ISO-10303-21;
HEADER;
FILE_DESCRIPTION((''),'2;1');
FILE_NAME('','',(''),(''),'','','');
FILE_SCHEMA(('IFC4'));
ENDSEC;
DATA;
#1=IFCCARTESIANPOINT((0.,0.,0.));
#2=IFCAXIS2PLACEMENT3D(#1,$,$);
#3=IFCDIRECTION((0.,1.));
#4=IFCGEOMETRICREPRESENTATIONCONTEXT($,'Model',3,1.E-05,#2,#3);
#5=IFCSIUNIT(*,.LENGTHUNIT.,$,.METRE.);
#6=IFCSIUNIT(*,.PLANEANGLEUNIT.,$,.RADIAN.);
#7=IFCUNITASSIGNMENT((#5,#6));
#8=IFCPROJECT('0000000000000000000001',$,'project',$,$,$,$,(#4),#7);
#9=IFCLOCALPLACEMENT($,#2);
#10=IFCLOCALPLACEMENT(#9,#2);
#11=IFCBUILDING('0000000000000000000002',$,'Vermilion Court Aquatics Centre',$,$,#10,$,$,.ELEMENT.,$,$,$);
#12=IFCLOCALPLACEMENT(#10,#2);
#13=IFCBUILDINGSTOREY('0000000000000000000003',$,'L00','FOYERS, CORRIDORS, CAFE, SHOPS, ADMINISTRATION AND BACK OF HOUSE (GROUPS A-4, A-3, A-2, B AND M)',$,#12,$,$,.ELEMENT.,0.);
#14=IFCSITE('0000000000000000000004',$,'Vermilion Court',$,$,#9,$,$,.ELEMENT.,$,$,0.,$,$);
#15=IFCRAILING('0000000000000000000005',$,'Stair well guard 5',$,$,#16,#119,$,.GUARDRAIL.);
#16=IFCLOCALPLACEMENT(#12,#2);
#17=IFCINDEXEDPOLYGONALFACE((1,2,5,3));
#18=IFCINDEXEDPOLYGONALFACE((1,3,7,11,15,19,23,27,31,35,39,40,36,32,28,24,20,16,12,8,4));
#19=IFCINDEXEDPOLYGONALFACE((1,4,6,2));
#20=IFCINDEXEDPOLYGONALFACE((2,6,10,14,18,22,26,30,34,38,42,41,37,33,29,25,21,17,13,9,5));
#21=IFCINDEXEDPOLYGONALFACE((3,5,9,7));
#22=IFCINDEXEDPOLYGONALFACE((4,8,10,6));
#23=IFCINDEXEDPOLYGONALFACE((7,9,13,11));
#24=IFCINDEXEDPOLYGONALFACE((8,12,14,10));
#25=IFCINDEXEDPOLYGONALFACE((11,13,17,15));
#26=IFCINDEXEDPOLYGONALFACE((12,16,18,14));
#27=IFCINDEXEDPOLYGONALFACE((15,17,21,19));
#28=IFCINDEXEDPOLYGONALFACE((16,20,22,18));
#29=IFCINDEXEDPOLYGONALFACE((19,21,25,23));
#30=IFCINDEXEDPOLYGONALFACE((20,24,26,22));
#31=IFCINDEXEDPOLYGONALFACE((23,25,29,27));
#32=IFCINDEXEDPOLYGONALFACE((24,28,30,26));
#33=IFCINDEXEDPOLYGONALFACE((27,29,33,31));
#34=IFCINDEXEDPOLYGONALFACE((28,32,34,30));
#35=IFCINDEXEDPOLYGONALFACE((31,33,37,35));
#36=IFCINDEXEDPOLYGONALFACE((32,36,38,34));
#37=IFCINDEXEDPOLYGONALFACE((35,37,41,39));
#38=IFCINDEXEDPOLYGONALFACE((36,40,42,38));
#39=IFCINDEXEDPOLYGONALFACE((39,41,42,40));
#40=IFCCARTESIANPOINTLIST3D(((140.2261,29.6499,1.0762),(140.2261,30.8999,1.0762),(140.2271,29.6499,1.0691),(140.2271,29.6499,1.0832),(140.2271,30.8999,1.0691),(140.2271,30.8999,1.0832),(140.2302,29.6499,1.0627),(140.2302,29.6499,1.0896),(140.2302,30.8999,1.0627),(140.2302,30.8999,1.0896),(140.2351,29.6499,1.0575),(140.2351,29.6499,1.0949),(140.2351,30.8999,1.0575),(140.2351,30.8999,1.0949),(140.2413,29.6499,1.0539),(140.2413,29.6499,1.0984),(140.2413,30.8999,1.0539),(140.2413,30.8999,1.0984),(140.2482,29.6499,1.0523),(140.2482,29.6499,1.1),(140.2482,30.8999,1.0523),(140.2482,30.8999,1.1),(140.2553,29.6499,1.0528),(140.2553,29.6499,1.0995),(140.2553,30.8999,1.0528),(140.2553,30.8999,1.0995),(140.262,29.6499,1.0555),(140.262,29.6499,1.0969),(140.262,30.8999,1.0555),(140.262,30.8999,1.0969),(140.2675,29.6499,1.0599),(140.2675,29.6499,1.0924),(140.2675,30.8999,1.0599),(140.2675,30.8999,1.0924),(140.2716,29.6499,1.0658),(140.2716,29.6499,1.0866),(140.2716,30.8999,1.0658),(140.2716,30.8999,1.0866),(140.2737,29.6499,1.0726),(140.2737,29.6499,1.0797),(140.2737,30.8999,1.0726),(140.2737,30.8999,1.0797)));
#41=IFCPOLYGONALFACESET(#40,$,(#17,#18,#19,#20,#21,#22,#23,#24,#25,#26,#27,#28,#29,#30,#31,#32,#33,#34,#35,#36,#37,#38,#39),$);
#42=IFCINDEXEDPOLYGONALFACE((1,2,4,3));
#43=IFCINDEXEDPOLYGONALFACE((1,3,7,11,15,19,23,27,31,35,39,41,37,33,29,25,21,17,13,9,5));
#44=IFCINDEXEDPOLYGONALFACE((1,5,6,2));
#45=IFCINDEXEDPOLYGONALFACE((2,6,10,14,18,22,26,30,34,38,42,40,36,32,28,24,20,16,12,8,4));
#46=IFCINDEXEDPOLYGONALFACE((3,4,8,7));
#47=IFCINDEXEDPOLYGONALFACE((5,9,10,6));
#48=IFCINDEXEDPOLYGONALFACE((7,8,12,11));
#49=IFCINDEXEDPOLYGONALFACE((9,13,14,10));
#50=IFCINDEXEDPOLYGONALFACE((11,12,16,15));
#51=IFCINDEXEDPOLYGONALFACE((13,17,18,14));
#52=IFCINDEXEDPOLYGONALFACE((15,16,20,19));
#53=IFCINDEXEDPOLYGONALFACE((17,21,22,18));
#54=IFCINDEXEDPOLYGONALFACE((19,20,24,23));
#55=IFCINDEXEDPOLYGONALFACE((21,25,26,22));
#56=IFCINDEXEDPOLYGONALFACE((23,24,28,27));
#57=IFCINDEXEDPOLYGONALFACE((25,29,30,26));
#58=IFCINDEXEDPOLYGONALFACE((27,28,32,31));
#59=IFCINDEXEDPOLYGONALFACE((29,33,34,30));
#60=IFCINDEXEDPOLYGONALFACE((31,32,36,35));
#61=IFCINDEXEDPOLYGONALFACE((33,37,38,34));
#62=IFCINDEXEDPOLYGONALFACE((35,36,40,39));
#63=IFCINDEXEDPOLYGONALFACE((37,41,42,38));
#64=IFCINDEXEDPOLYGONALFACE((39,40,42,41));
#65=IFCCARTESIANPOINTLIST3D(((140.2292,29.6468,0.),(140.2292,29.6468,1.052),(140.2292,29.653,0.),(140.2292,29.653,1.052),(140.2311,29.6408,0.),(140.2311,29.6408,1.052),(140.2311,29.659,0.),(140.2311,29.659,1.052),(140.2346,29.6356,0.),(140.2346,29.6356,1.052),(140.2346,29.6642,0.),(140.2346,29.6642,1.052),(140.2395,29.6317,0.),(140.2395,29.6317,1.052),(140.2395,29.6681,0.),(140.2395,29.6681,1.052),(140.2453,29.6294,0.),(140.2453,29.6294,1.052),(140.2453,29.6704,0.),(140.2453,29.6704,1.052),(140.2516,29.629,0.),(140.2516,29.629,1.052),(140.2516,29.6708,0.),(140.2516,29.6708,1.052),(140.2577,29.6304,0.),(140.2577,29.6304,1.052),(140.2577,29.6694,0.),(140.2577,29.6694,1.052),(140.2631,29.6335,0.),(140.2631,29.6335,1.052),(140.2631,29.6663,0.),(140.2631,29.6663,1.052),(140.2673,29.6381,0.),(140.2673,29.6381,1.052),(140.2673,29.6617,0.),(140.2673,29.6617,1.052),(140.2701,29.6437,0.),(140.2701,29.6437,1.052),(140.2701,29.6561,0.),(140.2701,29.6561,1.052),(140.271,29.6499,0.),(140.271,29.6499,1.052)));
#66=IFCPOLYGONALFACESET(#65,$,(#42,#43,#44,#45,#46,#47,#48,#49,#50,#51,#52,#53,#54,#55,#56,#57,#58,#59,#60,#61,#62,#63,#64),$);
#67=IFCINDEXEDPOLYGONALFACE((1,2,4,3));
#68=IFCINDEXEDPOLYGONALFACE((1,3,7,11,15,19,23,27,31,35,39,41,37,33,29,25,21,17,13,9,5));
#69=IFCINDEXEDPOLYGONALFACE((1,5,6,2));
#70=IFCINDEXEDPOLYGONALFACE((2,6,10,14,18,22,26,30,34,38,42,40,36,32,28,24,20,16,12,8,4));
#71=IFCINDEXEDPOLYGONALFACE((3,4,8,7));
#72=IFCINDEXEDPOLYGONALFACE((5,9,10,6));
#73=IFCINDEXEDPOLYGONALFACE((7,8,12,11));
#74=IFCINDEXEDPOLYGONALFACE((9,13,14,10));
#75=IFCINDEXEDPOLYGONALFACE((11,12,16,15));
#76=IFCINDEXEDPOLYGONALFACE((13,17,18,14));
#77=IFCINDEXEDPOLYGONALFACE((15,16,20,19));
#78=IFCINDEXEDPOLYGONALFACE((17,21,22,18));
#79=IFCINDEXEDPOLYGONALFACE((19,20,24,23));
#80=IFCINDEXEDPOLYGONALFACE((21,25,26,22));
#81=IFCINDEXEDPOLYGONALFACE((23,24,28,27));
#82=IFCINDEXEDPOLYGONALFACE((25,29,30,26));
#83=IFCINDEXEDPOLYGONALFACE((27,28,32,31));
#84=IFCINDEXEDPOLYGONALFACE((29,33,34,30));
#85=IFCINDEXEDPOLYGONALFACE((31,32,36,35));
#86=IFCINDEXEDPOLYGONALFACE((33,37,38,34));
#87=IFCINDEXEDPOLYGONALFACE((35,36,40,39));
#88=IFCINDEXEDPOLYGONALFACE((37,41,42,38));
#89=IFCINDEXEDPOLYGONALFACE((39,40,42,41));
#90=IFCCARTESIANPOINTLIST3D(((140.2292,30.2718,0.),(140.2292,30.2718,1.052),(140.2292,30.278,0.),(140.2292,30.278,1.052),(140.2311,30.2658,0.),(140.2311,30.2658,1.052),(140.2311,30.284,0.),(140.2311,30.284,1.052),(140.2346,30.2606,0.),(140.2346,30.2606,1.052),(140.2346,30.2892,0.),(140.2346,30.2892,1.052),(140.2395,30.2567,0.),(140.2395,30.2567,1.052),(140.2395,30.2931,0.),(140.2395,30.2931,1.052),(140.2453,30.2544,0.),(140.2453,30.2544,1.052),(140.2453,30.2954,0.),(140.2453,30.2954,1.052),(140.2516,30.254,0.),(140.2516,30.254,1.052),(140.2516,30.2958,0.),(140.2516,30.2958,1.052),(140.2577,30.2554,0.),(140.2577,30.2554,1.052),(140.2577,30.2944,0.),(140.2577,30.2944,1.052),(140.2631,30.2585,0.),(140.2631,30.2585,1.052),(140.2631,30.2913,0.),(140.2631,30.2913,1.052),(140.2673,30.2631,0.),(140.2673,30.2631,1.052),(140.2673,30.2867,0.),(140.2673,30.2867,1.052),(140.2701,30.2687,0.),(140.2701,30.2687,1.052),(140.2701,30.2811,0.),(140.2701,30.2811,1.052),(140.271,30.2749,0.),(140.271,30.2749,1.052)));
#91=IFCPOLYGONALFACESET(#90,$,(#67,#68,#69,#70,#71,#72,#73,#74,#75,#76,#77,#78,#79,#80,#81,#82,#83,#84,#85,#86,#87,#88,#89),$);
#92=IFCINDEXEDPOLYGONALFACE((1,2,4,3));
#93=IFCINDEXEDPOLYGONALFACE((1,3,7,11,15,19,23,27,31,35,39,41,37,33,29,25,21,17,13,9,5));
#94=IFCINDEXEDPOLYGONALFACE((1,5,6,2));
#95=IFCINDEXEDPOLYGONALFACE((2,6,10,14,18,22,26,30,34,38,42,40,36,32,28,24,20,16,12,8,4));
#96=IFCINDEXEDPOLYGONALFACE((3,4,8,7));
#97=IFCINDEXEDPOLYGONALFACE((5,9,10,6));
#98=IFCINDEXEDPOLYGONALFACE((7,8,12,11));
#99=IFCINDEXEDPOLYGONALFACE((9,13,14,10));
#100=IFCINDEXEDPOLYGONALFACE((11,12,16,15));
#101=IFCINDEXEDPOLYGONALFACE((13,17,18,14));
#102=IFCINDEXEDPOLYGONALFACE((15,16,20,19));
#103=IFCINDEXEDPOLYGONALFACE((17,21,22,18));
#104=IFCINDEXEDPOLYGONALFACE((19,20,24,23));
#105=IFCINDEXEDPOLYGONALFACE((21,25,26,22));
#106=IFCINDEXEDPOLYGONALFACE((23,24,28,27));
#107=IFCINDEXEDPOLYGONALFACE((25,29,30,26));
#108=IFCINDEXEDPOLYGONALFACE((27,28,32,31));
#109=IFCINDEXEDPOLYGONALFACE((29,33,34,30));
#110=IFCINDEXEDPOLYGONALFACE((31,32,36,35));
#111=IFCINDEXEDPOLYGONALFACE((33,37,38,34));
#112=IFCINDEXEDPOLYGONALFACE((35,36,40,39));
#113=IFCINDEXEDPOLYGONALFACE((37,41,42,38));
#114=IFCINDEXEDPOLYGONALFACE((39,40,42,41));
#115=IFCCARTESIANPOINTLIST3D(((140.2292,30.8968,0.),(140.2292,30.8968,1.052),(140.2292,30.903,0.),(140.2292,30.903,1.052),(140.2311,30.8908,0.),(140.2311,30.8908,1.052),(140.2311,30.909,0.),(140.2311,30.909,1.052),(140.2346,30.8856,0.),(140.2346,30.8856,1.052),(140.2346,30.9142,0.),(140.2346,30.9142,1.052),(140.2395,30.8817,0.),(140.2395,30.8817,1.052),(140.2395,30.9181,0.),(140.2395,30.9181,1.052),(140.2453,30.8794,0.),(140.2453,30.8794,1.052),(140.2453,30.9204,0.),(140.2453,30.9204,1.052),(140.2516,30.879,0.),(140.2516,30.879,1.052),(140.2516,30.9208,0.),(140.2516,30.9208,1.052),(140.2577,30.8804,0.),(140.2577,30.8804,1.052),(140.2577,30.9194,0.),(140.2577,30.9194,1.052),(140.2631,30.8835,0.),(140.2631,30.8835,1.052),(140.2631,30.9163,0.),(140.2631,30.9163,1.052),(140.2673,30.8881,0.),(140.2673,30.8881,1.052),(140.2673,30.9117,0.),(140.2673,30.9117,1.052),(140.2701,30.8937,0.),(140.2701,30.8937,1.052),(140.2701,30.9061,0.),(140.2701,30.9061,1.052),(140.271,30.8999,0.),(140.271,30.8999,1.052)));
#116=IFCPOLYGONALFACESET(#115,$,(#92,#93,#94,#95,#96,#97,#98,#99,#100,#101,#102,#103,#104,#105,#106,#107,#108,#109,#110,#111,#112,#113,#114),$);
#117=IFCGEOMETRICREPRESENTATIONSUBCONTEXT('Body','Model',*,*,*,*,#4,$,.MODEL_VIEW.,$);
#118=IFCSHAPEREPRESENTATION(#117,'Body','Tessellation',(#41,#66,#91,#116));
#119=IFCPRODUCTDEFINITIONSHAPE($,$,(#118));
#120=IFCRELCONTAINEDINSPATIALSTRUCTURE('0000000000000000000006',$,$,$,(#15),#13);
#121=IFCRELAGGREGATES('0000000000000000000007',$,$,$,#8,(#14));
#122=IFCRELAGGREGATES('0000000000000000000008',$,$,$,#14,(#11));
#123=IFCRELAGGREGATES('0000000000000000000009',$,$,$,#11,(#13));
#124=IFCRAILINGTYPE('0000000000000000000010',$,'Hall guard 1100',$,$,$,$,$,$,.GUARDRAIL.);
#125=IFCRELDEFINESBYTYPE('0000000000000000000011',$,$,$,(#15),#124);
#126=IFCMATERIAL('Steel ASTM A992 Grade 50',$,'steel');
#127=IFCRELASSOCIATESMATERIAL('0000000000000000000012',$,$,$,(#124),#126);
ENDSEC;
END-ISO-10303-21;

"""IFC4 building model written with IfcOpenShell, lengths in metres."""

from ifc_helpers import new_model, si_unit, direction, frame, origin, origin_2d, place, context, subcontext, project, spatial, circle, extrude, material, type_object, element, save


model = new_model("IFC4")

# Units and contexts
model_context = context("Model", 3, precision=1e-05, world=origin(), true_north=direction((0.0, 1.0)))
body_context = subcontext(model_context, "Body", "Model", "MODEL_VIEW")
ifc_project = project(units=[si_unit("LENGTHUNIT", "METRE"), si_unit("PLANEANGLEUNIT", "RADIAN")], contexts=[model_context])

# Site, building, storey
site_placement = place(None, origin())
site = spatial("IfcSite", under=ifc_project, at=site_placement, Name="Vermilion Court", CompositionType="ELEMENT", RefElevation=0.0)
building_placement = place(site_placement, origin())
building = spatial("IfcBuilding", under=site, at=building_placement, Name="Vermilion Court Aquatics Centre", CompositionType="ELEMENT")
storey_placement = place(building_placement, origin())
storey = spatial("IfcBuildingStorey", under=building, at=storey_placement, Name="L00", Description="FOYERS, CORRIDORS, CAFE, SHOPS, ADMINISTRATION AND BACK OF HOUSE (GROUPS A-4, A-3, A-2, B AND M)", CompositionType="ELEMENT", Elevation=0.0)

# Railing
ifc_material_1 = material(Name="Steel ASTM A992 Grade 50", Category="steel")
railing_type = type_object("IfcRailingType", Name="Hall guard 1100", PredefinedType="GUARDRAIL", material=ifc_material_1)
for number, where, name in (
    (1, (140.25, 29.6499, 0.0), "Stair well guard 5"),
):
    element("IfcRailing", number, at=place(storey_placement, frame(where)), inside=storey, type_object=railing_type, Name=name, PredefinedType="GUARDRAIL", context=body_context, shape_type="SweptSolid", body=[
        extrude(circle(Radius=0.0239, at=origin_2d()), frame((0.0, 0.0, 1.0762), z_axis=(0.0, 1.0, 0.0), x_axis=(-1.0, 0.0, 0.0)), (0.0, 0.0, 1.0), 1.25),
        extrude(circle(Radius=0.021, at=origin_2d()), origin(), (0.0, 0.0, 1.0), 1.052),
        extrude(circle(Radius=0.021, at=origin_2d()), frame((0.0, 0.625, 0.0)), (0.0, 0.0, 1.0), 1.052),
        extrude(circle(Radius=0.021, at=origin_2d()), frame((0.0, 1.25, 0.0)), (0.0, 0.0, 1.0), 1.052),
    ])

save(model, "model.ifc")
